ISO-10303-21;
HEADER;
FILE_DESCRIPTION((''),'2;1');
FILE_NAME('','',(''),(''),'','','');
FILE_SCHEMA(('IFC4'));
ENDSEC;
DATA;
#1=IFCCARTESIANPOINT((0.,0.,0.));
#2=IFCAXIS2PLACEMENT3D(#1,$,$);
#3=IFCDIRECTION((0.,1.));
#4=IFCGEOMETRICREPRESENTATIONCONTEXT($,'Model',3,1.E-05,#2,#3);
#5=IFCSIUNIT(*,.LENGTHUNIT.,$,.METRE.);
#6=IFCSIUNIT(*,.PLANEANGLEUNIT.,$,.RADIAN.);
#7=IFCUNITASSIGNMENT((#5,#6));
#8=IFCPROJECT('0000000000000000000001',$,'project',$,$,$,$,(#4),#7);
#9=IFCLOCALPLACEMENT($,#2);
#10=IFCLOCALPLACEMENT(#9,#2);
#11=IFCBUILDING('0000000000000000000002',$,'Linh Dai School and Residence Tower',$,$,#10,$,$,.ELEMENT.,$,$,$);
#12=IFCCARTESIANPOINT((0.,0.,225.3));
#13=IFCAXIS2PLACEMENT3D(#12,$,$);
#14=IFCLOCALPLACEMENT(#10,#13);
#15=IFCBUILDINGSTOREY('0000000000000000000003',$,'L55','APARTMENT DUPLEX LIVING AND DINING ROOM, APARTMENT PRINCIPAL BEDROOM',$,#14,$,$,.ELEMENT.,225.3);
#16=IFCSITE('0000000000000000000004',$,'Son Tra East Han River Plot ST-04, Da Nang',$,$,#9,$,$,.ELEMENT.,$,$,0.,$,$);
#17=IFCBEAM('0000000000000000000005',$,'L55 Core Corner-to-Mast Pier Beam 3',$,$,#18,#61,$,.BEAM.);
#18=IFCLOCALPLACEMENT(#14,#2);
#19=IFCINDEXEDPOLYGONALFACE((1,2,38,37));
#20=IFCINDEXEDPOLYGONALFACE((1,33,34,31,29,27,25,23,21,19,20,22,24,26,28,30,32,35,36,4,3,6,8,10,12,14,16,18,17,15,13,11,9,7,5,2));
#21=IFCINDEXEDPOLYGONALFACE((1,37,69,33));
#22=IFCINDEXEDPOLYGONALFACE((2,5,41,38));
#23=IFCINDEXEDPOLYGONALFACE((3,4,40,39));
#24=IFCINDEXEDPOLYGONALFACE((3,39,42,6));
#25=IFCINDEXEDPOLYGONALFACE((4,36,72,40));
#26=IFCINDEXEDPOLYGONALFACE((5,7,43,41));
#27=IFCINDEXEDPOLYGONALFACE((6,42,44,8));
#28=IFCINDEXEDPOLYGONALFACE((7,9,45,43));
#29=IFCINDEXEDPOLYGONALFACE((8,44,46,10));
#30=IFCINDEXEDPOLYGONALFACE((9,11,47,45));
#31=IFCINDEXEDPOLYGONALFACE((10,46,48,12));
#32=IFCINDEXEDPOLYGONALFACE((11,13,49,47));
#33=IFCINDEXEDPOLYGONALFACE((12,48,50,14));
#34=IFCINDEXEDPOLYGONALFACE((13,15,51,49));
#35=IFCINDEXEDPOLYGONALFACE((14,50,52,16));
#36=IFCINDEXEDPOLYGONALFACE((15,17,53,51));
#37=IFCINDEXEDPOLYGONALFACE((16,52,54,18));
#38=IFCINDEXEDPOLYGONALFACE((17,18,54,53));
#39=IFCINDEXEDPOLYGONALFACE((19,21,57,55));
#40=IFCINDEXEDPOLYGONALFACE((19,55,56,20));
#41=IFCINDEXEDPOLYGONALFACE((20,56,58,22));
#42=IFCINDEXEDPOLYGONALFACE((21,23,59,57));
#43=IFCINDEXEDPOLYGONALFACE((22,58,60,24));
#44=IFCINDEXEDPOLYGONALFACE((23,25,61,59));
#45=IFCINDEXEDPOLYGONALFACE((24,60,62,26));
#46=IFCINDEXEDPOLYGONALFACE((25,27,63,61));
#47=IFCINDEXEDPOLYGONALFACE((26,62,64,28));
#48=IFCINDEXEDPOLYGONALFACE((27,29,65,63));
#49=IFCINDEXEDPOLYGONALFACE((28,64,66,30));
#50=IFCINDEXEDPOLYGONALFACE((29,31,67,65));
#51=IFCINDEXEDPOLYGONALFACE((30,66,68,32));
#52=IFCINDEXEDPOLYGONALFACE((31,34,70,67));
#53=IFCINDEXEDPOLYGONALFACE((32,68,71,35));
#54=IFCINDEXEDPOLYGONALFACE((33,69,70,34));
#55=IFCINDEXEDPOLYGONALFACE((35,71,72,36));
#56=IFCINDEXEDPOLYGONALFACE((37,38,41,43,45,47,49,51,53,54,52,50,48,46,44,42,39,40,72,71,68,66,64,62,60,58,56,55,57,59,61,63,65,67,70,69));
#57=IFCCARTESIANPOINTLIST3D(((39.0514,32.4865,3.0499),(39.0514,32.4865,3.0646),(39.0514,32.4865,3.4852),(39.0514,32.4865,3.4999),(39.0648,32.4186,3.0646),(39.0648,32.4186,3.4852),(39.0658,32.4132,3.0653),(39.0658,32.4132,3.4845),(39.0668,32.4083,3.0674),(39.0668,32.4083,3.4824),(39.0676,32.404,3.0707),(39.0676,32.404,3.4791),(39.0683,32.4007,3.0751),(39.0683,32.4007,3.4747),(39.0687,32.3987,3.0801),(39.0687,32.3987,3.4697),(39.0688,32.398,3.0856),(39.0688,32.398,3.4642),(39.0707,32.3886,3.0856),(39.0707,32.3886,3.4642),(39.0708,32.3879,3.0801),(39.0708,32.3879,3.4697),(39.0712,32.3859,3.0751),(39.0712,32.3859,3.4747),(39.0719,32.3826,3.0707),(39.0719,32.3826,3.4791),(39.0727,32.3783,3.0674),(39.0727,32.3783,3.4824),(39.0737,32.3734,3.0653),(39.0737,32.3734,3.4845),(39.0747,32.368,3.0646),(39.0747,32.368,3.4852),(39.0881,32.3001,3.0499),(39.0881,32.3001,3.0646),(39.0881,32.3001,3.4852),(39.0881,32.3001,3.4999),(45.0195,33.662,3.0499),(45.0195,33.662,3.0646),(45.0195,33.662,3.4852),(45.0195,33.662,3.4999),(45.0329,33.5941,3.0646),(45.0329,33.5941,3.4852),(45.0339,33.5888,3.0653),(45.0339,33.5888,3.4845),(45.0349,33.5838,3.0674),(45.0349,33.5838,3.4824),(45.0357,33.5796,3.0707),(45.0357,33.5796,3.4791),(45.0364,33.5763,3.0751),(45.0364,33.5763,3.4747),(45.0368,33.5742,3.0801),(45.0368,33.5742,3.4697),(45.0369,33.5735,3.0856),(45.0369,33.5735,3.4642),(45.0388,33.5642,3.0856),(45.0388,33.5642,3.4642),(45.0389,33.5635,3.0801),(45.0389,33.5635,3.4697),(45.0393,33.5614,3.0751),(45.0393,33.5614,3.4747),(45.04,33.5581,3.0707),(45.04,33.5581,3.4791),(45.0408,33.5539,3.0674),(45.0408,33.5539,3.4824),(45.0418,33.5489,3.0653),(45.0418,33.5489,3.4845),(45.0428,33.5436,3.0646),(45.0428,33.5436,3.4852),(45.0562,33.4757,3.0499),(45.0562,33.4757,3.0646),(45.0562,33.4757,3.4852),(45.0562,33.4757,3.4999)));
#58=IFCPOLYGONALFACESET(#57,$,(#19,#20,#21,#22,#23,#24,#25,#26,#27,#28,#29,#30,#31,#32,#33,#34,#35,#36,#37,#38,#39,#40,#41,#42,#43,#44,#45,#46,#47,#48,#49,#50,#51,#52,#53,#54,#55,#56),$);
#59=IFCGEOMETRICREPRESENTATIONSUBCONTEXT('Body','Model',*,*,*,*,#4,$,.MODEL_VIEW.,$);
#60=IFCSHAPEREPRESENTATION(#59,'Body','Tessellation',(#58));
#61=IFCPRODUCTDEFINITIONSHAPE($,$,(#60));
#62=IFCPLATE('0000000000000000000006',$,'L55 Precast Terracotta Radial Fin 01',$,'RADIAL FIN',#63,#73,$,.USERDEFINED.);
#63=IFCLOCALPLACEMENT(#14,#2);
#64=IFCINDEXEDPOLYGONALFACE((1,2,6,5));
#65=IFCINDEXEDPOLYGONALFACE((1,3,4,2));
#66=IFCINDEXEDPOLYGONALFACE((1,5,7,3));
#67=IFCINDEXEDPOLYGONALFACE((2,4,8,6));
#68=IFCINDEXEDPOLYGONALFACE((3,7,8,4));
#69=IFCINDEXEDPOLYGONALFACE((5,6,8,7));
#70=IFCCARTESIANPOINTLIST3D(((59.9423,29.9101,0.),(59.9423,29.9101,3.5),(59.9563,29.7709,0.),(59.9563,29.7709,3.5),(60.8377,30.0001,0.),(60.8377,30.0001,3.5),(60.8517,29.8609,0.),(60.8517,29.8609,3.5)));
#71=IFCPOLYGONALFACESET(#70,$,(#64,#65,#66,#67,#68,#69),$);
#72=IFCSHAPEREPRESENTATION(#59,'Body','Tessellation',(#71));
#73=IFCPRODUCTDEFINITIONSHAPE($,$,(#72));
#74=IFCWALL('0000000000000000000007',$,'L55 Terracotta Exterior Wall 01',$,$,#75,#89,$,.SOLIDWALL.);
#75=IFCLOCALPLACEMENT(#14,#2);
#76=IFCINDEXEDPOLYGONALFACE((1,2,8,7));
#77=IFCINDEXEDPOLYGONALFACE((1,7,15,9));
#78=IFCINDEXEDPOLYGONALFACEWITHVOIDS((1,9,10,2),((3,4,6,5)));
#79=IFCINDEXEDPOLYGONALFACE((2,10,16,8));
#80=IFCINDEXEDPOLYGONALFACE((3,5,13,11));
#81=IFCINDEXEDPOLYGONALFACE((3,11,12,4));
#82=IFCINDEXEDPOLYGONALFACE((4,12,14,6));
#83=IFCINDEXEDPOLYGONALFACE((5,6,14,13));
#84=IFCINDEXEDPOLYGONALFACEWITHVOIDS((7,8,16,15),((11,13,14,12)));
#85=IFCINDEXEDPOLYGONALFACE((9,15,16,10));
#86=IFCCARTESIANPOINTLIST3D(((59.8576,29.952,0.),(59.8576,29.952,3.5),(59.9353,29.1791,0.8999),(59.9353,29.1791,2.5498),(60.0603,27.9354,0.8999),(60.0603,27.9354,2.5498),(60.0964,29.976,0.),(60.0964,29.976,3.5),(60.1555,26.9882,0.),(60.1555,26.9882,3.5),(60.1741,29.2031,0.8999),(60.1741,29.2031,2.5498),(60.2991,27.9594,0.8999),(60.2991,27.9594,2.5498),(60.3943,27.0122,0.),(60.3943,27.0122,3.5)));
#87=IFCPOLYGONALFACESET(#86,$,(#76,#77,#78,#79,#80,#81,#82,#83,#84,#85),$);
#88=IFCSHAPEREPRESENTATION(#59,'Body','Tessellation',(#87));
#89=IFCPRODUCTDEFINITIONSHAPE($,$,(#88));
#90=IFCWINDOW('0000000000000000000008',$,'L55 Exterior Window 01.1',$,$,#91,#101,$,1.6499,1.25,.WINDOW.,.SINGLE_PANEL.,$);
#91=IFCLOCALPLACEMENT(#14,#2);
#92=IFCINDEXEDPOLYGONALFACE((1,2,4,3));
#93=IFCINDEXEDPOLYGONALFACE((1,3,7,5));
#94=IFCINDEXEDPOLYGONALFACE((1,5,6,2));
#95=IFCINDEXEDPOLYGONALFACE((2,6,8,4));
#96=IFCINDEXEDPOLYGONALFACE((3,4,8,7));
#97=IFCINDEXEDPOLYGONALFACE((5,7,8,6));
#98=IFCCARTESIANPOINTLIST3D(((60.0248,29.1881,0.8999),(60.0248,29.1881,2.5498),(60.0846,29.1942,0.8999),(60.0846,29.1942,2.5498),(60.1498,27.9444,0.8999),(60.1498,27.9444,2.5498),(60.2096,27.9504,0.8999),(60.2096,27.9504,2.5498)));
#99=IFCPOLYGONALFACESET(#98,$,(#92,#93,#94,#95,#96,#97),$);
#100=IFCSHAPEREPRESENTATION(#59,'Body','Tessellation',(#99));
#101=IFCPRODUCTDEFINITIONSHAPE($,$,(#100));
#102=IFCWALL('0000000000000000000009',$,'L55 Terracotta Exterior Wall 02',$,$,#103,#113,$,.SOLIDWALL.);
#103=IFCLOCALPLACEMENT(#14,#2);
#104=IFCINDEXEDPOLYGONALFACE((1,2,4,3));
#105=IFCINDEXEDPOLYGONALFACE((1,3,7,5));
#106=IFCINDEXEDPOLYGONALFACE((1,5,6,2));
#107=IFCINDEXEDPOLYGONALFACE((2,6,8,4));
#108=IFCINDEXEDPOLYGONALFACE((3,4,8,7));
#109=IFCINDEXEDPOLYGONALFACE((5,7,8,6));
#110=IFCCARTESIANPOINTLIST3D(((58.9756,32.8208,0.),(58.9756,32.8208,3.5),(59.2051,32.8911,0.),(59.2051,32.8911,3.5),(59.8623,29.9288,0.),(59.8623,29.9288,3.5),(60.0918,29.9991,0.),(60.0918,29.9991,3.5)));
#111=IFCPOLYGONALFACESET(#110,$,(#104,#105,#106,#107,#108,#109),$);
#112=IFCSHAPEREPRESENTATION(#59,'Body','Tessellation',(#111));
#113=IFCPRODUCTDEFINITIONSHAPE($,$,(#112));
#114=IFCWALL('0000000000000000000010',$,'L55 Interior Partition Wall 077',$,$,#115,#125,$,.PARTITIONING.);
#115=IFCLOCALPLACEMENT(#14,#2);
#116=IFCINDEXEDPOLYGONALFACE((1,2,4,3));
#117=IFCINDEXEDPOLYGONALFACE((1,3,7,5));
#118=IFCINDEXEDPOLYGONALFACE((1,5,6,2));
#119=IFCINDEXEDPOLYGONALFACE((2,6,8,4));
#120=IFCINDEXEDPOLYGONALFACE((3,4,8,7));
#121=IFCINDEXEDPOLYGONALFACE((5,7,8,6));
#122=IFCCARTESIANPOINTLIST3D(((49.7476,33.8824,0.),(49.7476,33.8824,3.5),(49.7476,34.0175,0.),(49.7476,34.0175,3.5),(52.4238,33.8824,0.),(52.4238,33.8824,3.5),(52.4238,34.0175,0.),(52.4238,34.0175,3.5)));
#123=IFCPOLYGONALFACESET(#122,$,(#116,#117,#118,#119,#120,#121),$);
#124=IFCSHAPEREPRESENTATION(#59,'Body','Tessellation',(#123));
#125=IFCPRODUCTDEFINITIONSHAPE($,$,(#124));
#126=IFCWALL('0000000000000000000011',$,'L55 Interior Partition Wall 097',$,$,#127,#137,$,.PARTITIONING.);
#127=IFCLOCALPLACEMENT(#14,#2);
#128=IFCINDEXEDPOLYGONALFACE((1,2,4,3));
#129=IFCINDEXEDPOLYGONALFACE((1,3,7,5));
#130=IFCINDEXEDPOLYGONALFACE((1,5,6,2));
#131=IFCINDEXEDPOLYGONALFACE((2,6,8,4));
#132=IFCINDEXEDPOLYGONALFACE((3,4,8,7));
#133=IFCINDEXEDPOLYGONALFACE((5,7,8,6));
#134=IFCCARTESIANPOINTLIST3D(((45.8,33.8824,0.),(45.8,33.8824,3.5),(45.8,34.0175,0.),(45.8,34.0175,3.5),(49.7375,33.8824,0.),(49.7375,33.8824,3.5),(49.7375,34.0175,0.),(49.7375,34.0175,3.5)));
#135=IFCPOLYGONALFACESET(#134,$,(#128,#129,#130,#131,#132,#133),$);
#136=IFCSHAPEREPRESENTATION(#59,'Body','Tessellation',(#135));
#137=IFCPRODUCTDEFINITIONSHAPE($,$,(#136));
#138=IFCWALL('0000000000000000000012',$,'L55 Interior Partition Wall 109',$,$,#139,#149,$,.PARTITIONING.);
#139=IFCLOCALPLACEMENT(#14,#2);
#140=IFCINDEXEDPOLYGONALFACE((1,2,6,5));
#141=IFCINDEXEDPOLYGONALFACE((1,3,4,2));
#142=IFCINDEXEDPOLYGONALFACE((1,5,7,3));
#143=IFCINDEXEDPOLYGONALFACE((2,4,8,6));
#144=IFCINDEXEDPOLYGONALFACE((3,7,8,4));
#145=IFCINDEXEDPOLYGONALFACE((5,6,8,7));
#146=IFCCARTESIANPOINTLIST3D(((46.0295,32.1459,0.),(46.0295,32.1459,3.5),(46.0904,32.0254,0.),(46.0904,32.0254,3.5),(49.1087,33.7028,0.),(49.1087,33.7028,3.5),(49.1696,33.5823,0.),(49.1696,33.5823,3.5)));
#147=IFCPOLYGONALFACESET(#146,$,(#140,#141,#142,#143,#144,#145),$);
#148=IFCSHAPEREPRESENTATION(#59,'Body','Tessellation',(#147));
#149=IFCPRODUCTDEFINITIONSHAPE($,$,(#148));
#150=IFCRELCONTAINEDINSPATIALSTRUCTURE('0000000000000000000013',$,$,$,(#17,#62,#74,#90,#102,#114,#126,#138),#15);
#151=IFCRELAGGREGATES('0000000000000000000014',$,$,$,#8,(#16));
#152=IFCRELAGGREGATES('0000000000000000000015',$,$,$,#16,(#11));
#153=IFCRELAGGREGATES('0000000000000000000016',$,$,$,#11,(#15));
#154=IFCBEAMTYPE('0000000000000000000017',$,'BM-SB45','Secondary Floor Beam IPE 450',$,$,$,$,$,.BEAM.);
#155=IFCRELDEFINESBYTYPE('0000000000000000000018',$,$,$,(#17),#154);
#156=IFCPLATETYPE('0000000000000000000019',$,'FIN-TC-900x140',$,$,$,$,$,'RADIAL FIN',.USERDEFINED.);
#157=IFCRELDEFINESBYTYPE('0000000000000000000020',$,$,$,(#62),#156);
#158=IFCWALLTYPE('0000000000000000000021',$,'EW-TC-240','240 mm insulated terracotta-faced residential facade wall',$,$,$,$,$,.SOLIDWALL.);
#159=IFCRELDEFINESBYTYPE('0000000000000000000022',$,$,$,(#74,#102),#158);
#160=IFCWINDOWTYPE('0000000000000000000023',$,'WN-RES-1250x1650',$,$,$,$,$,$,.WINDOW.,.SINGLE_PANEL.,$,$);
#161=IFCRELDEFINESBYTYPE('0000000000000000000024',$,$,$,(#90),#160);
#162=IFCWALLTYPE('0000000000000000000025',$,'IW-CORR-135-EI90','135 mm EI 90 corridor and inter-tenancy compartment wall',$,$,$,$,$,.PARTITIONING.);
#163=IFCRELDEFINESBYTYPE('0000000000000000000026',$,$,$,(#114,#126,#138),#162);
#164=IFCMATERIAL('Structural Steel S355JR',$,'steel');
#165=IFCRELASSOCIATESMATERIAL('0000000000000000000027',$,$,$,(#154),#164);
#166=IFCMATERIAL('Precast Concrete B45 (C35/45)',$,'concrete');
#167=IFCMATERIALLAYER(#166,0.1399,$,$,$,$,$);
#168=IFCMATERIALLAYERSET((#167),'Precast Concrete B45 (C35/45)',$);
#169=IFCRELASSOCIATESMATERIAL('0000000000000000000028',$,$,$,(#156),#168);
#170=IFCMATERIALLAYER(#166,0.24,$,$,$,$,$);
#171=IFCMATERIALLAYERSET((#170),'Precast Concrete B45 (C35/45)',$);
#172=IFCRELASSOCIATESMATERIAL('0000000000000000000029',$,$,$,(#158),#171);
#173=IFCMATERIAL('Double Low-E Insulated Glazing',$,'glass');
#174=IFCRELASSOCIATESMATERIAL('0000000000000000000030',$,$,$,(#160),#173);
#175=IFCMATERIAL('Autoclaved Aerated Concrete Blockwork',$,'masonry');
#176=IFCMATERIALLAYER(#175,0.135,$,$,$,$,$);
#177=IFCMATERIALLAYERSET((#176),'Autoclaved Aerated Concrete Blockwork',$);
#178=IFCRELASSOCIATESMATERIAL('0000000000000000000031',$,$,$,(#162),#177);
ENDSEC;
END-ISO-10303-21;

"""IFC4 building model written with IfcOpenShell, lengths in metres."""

from ifc_helpers import new_model, si_unit, direction, frame, frame_2d, origin, origin_2d, place, context, subcontext, project, spatial, rectangle, i_section, extrude, source, transform, mapped, material, layer, layer_set, material_profile, profile_set, type_object, element, fill, save


model = new_model("IFC4")

# Units and contexts
model_context = context("Model", 3, precision=1e-05, world=origin(), true_north=direction((0.0, 1.0)))
body_context = subcontext(model_context, "Body", "Model", "MODEL_VIEW")
ifc_project = project(units=[si_unit("LENGTHUNIT", "METRE"), si_unit("PLANEANGLEUNIT", "RADIAN")], contexts=[model_context])

# Site, building, storey
site_placement = place(None, origin())
site = spatial("IfcSite", under=ifc_project, at=site_placement, Name="Son Tra East Han River Plot ST-04, Da Nang", CompositionType="ELEMENT", RefElevation=0.0)
building_placement = place(site_placement, origin())
building = spatial("IfcBuilding", under=site, at=building_placement, Name="Linh Dai School and Residence Tower", CompositionType="ELEMENT")
storey_placement = place(building_placement, frame((0.0, 0.0, 225.3)))
storey = spatial("IfcBuildingStorey", under=building, at=storey_placement, Name="L55", Description="APARTMENT DUPLEX LIVING AND DINING ROOM, APARTMENT PRINCIPAL BEDROOM", CompositionType="ELEMENT", Elevation=225.3)

# Shared definitions
ifc_material_1 = material(Name="Structural Steel S355JR", Category="steel")

# Beam
ifc_material_profile_1 = material_profile(ifc_material_1, i_section(OverallWidth=0.1899, OverallDepth=0.45, WebThickness=0.0095, FlangeThickness=0.0146, FilletRadius=0.021, at=origin_2d()), Name="IPE 450")
ifc_profile_set_1 = profile_set([ifc_material_profile_1], Name="Structural Steel S355JR")
beam_type_1 = type_object("IfcBeamType", Name="BM-SB45", Description="Secondary Floor Beam IPE 450", PredefinedType="BEAM", material=ifc_profile_set_1)
beam_1_placement = place(storey_placement, frame((45.0378, 33.5688, 3.2749), z_axis=(-0.981148, -0.193259, 0.0), x_axis=(0.193259, -0.981148, 0.0)))
element("IfcBeam", 1, at=beam_1_placement, inside=storey, type_object=beam_type_1, Name="L55 Core Corner-to-Mast Pier Beam 3", PredefinedType="BEAM", context=body_context, shape_type="SweptSolid", body=[
    extrude(i_section(OverallWidth=0.1899, OverallDepth=0.45, WebThickness=0.0095, FlangeThickness=0.0146, FilletRadius=0.021, at=origin_2d()), origin(), (0.0, 0.0, 1.0), 6.0828),
])

# Plate
ifc_material_2 = material(Name="Precast Concrete B45 (C35/45)", Category="concrete")
ifc_layer_1 = layer(ifc_material_2, 0.1399)
ifc_layer_set_1 = layer_set([ifc_layer_1], Name="Precast Concrete B45 (C35/45)")
plate_type = type_object("IfcPlateType", Name="FIN-TC-900x140", ElementType="RADIAL FIN", PredefinedType="USERDEFINED", material=ifc_layer_set_1)
shared_shape_1 = source(origin(), body_context, "Body", "SweptSolid", [
    extrude(rectangle(XDim=0.8999, YDim=0.1399, at=origin_2d()), origin(), (0.0, 0.0, 1.0), 3.5),
])
plate_placement = place(storey_placement, frame((60.397, 29.8855, 0.0), z_axis=(0.0, 0.0, 1.0), x_axis=(0.994986, 0.100012, 0.0)))
element("IfcPlate", 2, at=plate_placement, inside=storey, type_object=plate_type, Name="L55 Precast Terracotta Radial Fin 01", ObjectType="RADIAL FIN", PredefinedType="USERDEFINED", context=body_context, shape_type="MappedRepresentation", body=[
    mapped(shared_shape_1, transform((0.0, 0.0, 0.0), x_axis=(1.0, 0.0, 0.0), y_axis=(0.0, 1.0, 0.0), z_axis=(0.0, 0.0, 1.0), scale=1.0)),
])

# Wall, opening, window
ifc_layer_2 = layer(ifc_material_2, 0.24)
ifc_layer_set_2 = layer_set([ifc_layer_2], Name="Precast Concrete B45 (C35/45)")
wall_type_1 = type_object("IfcWallType", Name="EW-TC-240", Description="240 mm insulated terracotta-faced residential facade wall", PredefinedType="SOLIDWALL", material=ifc_layer_set_2)
wall_1_placement = place(storey_placement, frame((59.9771, 29.9639, 0.0), z_axis=(0.0, 0.0, 1.0), x_axis=(0.099991, -0.994988, 0.0)))
wall_1 = element("IfcWall", 3, at=wall_1_placement, inside=storey, type_object=wall_type_1, Name="L55 Terracotta Exterior Wall 01", PredefinedType="SOLIDWALL", context=body_context, shape_type="SweptSolid", body=[
    extrude(rectangle(XDim=2.9788, YDim=0.24, at=frame_2d((1.4893, 0.0))), origin(), (0.0, 0.0, 1.0), 3.5),
])
opening_1_placement = place(wall_1_placement, frame((0.7766, 0.0, 0.8999)))
opening_1 = element("IfcOpeningElement", 4, at=opening_1_placement, cuts=wall_1, PredefinedType="OPENING", context=body_context, shape_type="SweptSolid", body=[
    extrude(rectangle(XDim=1.25, YDim=1.6499, at=origin_2d()), frame((0.625, 0.1299, 0.825), z_axis=(0.0, -1.0, 0.0), x_axis=(1.0, 0.0, 0.0)), (0.0, 0.0, 1.0), 0.26),
])
ifc_material_3 = material(Name="Double Low-E Insulated Glazing", Category="glass")
window_type = type_object("IfcWindowType", Name="WN-RES-1250x1650", PartitioningType="SINGLE_PANEL", PredefinedType="WINDOW", material=ifc_material_3)
shared_shape_2 = source(origin(), body_context, "Body", "SweptSolid", [
    extrude(rectangle(XDim=1.25, YDim=1.6499, at=origin_2d()), frame((0.625, 0.03, 0.825), z_axis=(0.0, -1.0, 0.0), x_axis=(1.0, 0.0, 0.0)), (0.0, 0.0, 1.0), 0.0601),
])
window_placement = place(opening_1_placement, origin())
window = element("IfcWindow", 5, at=window_placement, inside=storey, type_object=window_type, Name="L55 Exterior Window 01.1", OverallHeight=1.6499, OverallWidth=1.25, PartitioningType="SINGLE_PANEL", PredefinedType="WINDOW", context=body_context, shape_type="MappedRepresentation", body=[
    mapped(shared_shape_2, transform((0.0, 0.0, 0.0), x_axis=(1.0, 0.0, 0.0), y_axis=(0.0, 1.0, 0.0), z_axis=(0.0, 0.0, 1.0), scale=1.0)),
])
fill(opening_1, window)

# Walls
wall_2_placement = place(storey_placement, frame((59.0903, 32.856, 0.0), z_axis=(0.0, 0.0, 1.0), x_axis=(0.293133, -0.956072, 0.0)))
element("IfcWall", 6, at=wall_2_placement, inside=storey, type_object=wall_type_1, Name="L55 Terracotta Exterior Wall 02", PredefinedType="SOLIDWALL", context=body_context, shape_type="SweptSolid", body=[
    extrude(rectangle(XDim=3.0249, YDim=0.24, at=frame_2d((1.5125, 0.0))), origin(), (0.0, 0.0, 1.0), 3.5),
])
ifc_material_4 = material(Name="Autoclaved Aerated Concrete Blockwork", Category="masonry")
ifc_layer_3 = layer(ifc_material_4, 0.135)
ifc_layer_set_3 = layer_set([ifc_layer_3], Name="Autoclaved Aerated Concrete Blockwork")
wall_type_2 = type_object("IfcWallType", Name="IW-CORR-135-EI90", Description="135 mm EI 90 corridor and inter-tenancy compartment wall", PredefinedType="PARTITIONING", material=ifc_layer_set_3)
wall_3_placement = place(storey_placement, frame((49.7476, 33.95, 0.0), z_axis=(0.0, 0.0, 1.0), x_axis=(1.0, 0.0, 0.0)))
element("IfcWall", 7, at=wall_3_placement, inside=storey, type_object=wall_type_2, Name="L55 Interior Partition Wall 077", PredefinedType="PARTITIONING", context=body_context, shape_type="SweptSolid", body=[
    extrude(rectangle(XDim=2.6763, YDim=0.135, at=frame_2d((1.3381, 0.0))), origin(), (0.0, 0.0, 1.0), 3.5),
])
wall_4_placement = place(storey_placement, frame((49.7375, 33.95, 0.0), z_axis=(0.0, 0.0, 1.0), x_axis=(-1.0, 0.0, 0.0)))
element("IfcWall", 8, at=wall_4_placement, inside=storey, type_object=wall_type_2, Name="L55 Interior Partition Wall 097", PredefinedType="PARTITIONING", context=body_context, shape_type="SweptSolid", body=[
    extrude(rectangle(XDim=3.9375, YDim=0.135, at=frame_2d((1.9688, 0.0))), origin(), (0.0, 0.0, 1.0), 3.5),
])
wall_5_placement = place(storey_placement, frame((46.0601, 32.0857, 0.0), z_axis=(0.0, 0.0, 1.0), x_axis=(0.892409, 0.451228, 0.0)))
element("IfcWall", 9, at=wall_5_placement, inside=storey, type_object=wall_type_2, Name="L55 Interior Partition Wall 109", PredefinedType="PARTITIONING", context=body_context, shape_type="SweptSolid", body=[
    extrude(rectangle(XDim=3.4504, YDim=0.135, at=frame_2d((1.7251, 0.0))), origin(), (0.0, 0.0, 1.0), 3.5),
])

save(model, "model.ifc")
